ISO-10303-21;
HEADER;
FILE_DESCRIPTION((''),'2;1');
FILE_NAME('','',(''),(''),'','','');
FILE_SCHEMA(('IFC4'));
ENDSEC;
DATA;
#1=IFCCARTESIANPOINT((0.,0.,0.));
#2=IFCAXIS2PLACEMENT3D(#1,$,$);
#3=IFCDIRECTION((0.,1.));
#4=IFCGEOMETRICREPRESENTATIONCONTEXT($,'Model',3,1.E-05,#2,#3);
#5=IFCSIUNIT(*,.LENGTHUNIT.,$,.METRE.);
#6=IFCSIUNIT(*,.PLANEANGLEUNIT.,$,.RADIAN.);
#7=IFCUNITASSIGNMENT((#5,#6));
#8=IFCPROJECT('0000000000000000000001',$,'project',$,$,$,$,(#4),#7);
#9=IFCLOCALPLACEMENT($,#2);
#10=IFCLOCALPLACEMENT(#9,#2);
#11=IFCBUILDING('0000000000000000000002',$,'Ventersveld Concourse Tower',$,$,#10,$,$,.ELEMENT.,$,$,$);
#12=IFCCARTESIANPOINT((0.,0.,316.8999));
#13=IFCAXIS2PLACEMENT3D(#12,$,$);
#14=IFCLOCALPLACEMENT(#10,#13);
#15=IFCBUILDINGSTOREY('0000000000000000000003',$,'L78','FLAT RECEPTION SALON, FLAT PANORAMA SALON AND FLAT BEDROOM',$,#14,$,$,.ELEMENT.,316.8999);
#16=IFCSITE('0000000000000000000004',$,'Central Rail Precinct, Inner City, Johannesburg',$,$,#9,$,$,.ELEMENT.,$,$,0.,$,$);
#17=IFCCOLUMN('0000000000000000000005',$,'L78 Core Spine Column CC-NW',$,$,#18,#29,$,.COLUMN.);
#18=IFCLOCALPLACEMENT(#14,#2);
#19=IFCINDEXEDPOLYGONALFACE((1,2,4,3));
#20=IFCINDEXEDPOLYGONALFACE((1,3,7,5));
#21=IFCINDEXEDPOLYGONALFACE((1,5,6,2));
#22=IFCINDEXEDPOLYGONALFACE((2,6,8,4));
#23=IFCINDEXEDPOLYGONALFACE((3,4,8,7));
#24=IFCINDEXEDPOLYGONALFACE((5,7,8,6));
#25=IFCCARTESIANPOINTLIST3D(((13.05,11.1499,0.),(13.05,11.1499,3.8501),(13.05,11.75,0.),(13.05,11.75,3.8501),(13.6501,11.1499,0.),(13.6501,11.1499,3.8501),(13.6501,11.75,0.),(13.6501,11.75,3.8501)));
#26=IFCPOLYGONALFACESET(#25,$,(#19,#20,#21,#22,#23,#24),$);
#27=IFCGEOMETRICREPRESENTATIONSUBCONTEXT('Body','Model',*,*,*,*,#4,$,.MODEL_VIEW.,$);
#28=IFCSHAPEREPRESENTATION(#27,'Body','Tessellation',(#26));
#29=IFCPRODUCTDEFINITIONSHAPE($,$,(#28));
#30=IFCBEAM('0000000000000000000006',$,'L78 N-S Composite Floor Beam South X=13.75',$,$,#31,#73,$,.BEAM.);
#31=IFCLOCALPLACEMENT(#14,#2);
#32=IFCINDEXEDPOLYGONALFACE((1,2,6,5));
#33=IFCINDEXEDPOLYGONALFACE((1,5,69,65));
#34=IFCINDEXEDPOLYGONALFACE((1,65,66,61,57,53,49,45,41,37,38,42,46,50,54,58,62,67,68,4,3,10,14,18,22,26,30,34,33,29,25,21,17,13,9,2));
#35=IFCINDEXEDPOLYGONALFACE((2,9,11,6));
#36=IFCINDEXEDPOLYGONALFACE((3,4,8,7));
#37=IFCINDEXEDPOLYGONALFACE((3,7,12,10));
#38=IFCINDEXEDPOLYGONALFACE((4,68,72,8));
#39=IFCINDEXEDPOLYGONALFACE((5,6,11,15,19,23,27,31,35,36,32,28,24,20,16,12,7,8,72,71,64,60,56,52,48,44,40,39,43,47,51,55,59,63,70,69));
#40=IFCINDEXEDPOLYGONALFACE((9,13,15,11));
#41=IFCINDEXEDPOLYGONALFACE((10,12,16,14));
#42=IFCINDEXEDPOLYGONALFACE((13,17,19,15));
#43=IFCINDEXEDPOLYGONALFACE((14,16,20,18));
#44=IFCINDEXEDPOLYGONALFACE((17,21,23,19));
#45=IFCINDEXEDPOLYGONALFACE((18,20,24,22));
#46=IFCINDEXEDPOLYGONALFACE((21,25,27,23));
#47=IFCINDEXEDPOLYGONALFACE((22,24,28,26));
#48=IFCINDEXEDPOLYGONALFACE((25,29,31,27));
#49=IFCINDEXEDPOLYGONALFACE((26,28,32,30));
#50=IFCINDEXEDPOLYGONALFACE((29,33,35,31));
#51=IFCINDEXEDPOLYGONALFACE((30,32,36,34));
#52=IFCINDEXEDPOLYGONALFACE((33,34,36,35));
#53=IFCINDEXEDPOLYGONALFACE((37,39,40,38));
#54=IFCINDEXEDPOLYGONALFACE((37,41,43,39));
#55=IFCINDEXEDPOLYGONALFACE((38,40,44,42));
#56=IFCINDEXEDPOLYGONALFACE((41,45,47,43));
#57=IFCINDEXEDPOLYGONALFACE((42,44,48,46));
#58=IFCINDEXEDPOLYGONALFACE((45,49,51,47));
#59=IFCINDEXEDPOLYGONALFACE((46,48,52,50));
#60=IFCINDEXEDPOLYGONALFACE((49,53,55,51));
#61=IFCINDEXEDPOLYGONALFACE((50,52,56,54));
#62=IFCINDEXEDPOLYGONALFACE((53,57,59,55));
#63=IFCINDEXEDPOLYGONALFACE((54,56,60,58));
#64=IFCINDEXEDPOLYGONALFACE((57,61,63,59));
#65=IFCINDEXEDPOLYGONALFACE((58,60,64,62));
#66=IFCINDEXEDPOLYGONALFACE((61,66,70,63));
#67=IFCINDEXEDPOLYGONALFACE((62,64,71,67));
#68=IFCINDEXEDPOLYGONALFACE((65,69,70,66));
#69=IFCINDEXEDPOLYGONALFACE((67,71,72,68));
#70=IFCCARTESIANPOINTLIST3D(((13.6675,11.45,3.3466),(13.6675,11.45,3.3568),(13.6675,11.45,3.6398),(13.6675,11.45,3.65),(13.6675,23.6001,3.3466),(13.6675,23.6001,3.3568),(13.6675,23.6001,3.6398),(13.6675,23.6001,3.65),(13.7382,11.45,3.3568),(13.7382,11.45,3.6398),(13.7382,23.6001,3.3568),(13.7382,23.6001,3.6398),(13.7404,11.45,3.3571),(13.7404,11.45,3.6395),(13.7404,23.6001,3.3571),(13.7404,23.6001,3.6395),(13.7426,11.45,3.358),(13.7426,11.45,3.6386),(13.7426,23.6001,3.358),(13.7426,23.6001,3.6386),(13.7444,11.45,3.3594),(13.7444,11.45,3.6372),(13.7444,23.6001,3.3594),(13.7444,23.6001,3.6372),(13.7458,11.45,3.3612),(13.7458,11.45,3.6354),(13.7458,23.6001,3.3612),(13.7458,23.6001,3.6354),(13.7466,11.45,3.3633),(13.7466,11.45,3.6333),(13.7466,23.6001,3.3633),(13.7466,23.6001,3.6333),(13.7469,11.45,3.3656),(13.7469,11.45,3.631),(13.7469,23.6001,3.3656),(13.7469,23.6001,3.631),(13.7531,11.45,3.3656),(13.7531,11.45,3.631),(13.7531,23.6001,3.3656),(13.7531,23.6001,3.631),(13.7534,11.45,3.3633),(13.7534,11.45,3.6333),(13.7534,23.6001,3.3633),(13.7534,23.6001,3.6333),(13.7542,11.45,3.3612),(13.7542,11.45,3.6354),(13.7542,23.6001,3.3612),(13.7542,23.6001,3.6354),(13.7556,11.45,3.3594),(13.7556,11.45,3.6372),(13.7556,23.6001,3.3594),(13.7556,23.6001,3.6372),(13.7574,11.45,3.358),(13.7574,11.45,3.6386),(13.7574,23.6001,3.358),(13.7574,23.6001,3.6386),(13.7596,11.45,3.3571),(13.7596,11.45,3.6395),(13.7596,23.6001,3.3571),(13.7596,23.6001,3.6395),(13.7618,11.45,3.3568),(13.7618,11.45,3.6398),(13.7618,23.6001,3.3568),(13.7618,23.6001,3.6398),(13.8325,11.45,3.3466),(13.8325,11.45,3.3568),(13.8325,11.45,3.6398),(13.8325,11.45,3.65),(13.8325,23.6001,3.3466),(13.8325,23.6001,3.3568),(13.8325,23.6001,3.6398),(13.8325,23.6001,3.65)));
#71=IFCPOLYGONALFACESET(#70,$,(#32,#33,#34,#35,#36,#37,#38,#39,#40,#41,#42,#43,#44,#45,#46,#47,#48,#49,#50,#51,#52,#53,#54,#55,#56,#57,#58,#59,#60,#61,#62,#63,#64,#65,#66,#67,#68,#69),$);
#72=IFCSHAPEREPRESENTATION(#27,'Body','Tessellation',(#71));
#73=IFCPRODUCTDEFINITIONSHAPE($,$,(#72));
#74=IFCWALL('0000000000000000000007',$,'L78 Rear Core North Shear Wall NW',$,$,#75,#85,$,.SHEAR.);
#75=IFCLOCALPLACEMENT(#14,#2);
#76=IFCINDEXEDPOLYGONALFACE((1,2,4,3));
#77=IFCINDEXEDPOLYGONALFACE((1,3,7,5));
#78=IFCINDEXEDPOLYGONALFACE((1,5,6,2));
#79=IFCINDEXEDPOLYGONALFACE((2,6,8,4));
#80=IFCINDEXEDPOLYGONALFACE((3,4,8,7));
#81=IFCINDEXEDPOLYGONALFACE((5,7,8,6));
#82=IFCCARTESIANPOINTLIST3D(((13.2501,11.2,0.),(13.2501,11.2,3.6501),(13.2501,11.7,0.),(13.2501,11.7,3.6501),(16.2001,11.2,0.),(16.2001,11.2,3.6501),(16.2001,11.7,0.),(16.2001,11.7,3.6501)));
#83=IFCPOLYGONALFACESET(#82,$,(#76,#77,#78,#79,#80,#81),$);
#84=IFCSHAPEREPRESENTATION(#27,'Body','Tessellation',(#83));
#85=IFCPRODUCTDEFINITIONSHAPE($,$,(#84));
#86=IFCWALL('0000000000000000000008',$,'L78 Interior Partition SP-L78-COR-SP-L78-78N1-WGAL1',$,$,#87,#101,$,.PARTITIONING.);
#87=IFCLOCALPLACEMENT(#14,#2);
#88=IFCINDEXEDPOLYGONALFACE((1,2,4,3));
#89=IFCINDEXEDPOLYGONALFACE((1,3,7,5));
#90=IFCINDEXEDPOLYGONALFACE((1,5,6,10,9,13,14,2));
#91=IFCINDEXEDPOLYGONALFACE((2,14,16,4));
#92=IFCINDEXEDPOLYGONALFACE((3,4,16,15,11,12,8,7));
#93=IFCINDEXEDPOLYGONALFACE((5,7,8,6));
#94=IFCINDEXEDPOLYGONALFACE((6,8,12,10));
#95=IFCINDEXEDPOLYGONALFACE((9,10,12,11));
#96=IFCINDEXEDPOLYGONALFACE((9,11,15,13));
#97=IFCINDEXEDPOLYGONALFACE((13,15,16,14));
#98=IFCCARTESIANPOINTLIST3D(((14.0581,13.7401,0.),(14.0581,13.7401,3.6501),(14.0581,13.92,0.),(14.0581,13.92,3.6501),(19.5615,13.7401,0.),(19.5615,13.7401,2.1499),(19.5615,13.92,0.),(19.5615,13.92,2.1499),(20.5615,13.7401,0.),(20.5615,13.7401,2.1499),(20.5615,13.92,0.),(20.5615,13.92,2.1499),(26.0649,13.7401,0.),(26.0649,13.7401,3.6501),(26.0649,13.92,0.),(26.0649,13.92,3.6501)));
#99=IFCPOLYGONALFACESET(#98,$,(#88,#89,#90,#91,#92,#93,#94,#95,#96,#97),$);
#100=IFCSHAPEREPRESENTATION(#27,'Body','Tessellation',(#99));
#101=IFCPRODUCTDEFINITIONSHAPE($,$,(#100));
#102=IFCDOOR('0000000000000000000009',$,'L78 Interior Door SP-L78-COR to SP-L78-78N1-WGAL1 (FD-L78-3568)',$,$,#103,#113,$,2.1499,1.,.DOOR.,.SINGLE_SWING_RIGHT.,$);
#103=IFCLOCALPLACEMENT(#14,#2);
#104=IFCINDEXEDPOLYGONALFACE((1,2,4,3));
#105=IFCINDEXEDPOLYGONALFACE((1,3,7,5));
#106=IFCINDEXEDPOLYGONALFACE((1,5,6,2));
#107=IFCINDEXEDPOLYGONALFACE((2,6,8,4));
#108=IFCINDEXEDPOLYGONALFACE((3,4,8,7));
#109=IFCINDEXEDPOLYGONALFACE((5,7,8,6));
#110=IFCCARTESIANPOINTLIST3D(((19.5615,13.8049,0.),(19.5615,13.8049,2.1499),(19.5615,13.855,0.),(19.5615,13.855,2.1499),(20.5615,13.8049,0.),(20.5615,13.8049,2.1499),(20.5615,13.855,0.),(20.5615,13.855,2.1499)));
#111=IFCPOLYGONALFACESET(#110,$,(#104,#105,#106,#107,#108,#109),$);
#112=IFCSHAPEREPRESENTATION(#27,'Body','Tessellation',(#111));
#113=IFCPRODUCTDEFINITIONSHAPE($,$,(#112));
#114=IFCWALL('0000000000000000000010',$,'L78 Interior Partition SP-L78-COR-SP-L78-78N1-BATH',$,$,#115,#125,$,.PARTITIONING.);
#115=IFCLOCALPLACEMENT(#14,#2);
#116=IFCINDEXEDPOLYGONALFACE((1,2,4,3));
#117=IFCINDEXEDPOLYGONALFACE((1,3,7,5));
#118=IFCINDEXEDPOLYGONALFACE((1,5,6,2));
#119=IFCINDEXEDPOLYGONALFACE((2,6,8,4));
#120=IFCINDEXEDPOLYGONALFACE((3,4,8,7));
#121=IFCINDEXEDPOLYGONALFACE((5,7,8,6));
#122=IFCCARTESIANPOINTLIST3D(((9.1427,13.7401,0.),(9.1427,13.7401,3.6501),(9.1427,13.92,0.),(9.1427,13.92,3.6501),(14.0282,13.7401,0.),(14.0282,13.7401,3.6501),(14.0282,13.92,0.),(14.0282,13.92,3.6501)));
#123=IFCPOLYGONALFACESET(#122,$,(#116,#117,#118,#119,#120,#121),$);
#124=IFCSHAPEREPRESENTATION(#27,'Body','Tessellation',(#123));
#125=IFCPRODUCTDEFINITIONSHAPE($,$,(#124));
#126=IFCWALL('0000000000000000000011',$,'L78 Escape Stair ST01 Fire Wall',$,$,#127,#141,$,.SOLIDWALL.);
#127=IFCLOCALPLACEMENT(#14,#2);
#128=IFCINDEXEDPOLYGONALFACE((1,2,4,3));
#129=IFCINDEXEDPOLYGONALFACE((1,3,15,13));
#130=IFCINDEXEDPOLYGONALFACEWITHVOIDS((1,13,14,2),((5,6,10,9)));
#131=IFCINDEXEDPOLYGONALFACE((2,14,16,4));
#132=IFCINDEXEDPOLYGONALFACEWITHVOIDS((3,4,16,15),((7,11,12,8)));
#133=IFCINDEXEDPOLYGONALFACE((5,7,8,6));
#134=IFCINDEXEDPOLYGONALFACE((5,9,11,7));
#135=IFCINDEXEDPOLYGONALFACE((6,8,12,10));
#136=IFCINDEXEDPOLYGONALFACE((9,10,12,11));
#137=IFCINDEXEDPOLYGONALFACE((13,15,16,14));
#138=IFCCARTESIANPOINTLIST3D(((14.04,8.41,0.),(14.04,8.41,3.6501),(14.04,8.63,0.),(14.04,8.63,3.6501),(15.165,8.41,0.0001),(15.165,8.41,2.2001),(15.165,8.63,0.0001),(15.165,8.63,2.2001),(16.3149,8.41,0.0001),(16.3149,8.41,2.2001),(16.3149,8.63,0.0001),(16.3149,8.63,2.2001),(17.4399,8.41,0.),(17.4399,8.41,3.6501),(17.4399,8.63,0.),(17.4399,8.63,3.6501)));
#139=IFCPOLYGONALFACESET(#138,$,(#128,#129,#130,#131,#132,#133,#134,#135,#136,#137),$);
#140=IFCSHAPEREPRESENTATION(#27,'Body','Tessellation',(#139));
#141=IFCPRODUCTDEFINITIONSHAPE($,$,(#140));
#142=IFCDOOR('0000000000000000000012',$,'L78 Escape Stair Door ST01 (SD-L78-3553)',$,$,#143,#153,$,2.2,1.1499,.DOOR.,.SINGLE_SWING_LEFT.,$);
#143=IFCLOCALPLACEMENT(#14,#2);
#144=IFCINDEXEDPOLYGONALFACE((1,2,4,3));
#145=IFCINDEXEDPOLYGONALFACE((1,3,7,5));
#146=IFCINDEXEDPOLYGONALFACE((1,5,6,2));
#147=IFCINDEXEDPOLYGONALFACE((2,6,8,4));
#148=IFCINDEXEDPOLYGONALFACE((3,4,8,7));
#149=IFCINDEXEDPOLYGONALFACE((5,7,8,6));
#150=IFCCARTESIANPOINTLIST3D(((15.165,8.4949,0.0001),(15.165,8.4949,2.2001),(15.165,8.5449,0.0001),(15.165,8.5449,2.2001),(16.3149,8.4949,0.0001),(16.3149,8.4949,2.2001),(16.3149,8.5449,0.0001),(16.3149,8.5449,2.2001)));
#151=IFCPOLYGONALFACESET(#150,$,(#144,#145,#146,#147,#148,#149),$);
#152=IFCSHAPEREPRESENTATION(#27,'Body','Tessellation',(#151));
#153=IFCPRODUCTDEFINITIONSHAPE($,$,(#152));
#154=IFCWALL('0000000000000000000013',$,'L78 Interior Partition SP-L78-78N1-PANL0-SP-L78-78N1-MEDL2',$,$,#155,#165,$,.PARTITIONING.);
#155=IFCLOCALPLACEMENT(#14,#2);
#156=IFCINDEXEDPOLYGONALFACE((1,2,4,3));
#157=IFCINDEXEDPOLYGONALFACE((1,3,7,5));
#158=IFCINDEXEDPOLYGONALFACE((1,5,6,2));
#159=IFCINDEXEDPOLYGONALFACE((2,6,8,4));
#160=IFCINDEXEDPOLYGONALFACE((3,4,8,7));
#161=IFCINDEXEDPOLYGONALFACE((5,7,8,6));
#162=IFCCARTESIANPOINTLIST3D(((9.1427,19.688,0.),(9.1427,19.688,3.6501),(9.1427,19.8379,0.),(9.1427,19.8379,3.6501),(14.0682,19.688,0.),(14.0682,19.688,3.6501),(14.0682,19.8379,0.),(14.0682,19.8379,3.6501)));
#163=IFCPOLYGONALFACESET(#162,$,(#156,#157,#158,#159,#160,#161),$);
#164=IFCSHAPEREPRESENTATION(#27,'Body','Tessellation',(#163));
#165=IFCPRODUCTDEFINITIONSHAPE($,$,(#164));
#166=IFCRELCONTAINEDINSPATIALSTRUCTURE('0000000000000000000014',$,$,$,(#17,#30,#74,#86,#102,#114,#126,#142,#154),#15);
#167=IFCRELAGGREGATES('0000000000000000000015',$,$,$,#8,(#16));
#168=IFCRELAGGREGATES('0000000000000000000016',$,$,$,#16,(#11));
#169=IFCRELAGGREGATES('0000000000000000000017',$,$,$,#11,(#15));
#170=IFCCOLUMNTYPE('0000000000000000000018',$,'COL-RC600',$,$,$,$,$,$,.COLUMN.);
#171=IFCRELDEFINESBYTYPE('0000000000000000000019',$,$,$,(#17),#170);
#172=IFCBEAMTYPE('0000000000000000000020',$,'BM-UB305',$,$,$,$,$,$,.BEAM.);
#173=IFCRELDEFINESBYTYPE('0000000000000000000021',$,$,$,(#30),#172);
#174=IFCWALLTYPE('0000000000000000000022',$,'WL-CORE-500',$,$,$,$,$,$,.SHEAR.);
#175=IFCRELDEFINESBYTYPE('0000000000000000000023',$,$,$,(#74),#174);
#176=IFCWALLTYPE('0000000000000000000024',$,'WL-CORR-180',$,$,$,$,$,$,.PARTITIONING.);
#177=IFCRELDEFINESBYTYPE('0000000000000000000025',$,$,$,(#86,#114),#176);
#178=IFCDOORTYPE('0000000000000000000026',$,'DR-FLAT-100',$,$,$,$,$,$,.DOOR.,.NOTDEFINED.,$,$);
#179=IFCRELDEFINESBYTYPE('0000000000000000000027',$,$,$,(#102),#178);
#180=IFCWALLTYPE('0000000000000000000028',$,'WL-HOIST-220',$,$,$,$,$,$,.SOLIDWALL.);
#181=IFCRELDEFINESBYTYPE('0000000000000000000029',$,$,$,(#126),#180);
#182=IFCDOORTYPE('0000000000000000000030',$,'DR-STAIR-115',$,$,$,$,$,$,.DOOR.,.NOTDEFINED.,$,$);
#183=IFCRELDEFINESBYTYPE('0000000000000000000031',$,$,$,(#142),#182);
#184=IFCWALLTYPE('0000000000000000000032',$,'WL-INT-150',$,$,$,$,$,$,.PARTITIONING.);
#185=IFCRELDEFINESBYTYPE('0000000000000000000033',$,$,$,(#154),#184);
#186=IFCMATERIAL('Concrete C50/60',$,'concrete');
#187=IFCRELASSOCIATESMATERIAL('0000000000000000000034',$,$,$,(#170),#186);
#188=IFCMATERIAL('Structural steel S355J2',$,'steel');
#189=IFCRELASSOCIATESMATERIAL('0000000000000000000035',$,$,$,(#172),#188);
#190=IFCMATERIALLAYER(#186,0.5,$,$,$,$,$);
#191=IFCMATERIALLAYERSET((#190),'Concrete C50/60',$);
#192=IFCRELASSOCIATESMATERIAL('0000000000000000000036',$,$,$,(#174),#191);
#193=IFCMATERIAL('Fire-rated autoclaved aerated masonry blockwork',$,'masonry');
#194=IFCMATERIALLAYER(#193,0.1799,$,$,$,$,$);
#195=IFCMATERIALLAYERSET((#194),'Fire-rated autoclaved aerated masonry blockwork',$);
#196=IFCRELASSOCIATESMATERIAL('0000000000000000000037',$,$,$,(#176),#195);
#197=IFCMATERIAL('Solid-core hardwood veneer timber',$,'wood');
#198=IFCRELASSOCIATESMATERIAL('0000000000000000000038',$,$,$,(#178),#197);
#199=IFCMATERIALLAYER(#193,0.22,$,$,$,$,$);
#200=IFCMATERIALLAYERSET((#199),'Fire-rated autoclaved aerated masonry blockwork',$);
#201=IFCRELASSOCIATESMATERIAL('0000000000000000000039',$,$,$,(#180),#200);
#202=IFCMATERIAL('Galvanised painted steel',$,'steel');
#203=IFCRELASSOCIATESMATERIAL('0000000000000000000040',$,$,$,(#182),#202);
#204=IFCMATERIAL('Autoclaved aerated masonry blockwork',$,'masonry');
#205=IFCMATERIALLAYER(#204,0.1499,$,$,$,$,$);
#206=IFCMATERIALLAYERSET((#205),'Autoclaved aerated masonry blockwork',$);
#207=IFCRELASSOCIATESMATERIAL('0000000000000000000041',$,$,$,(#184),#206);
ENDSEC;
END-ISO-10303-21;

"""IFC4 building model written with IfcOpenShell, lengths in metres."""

from ifc_helpers import new_model, si_unit, direction, frame, frame_2d, origin, origin_2d, place, context, subcontext, project, spatial, rectangle, i_section, extrude, material, layer, layer_set, material_profile, profile_set, type_object, element, fill, save


model = new_model("IFC4")

# Units and contexts
model_context = context("Model", 3, precision=1e-05, world=origin(), true_north=direction((0.0, 1.0)))
body_context = subcontext(model_context, "Body", "Model", "MODEL_VIEW")
ifc_project = project(units=[si_unit("LENGTHUNIT", "METRE"), si_unit("PLANEANGLEUNIT", "RADIAN")], contexts=[model_context])

# Site, building, storey
site_placement = place(None, origin())
site = spatial("IfcSite", under=ifc_project, at=site_placement, Name="Central Rail Precinct, Inner City, Johannesburg", CompositionType="ELEMENT", RefElevation=0.0)
building_placement = place(site_placement, origin())
building = spatial("IfcBuilding", under=site, at=building_placement, Name="Ventersveld Concourse Tower", CompositionType="ELEMENT")
storey_placement = place(building_placement, frame((0.0, 0.0, 316.8999)))
storey = spatial("IfcBuildingStorey", under=building, at=storey_placement, Name="L78", Description="FLAT RECEPTION SALON, FLAT PANORAMA SALON AND FLAT BEDROOM", CompositionType="ELEMENT", Elevation=316.8999)

# Column
ifc_material_1 = material(Name="Concrete C50/60", Category="concrete")
ifc_material_profile_1 = material_profile(ifc_material_1, rectangle(XDim=0.6001, YDim=0.6001, at=origin_2d()), Name="RC 600x600")
ifc_profile_set_1 = profile_set([ifc_material_profile_1], Name="Concrete C50/60")
column_type = type_object("IfcColumnType", Name="COL-RC600", PredefinedType="COLUMN", material=ifc_profile_set_1)
column_placement = place(storey_placement, frame((13.3501, 11.45, 0.0), z_axis=(0.0, 0.0, 1.0), x_axis=(1.0, 0.0, 0.0)))
element("IfcColumn", 1, at=column_placement, inside=storey, type_object=column_type, Name="L78 Core Spine Column CC-NW", PredefinedType="COLUMN", context=body_context, shape_type="SweptSolid", body=[
    extrude(rectangle(XDim=0.6001, YDim=0.6001, at=origin_2d()), origin(), (0.0, 0.0, 1.0), 3.8501),
])

# Beam
ifc_material_2 = material(Name="Structural steel S355J2", Category="steel")
ifc_material_profile_2 = material_profile(ifc_material_2, i_section(OverallWidth=0.165, OverallDepth=0.3035, WebThickness=0.0061, FlangeThickness=0.0103, FilletRadius=0.0088, at=origin_2d()), Name="UB 305x165x40")
ifc_profile_set_2 = profile_set([ifc_material_profile_2], Name="Structural steel S355J2")
beam_type = type_object("IfcBeamType", Name="BM-UB305", PredefinedType="BEAM", material=ifc_profile_set_2)
beam_placement = place(storey_placement, frame((13.75, 11.45, 3.4983), z_axis=(0.0, 1.0, 0.0), x_axis=(-1.0, 0.0, 0.0)))
element("IfcBeam", 2, at=beam_placement, inside=storey, type_object=beam_type, Name="L78 N-S Composite Floor Beam South X=13.75", PredefinedType="BEAM", context=body_context, shape_type="SweptSolid", body=[
    extrude(i_section(OverallWidth=0.165, OverallDepth=0.3035, WebThickness=0.0061, FlangeThickness=0.0103, FilletRadius=0.0088, at=origin_2d()), origin(), (0.0, 0.0, 1.0), 12.1501),
])

# Wall
ifc_layer_1 = layer(ifc_material_1, 0.5)
ifc_layer_set_1 = layer_set([ifc_layer_1], Name="Concrete C50/60")
wall_type_1 = type_object("IfcWallType", Name="WL-CORE-500", PredefinedType="SHEAR", material=ifc_layer_set_1)
wall_1_placement = place(storey_placement, frame((13.25, 11.45, 0.0), z_axis=(0.0, 0.0, 1.0), x_axis=(1.0, 0.0, 0.0)))
element("IfcWall", 3, at=wall_1_placement, inside=storey, type_object=wall_type_1, Name="L78 Rear Core North Shear Wall NW", PredefinedType="SHEAR", context=body_context, shape_type="SweptSolid", body=[
    extrude(rectangle(XDim=2.95, YDim=0.5, at=frame_2d((1.4751, 0.0))), origin(), (0.0, 0.0, 1.0), 3.6501),
])

# Wall, opening, door
ifc_material_3 = material(Name="Fire-rated autoclaved aerated masonry blockwork", Category="masonry")
ifc_layer_2 = layer(ifc_material_3, 0.1799)
ifc_layer_set_2 = layer_set([ifc_layer_2], Name="Fire-rated autoclaved aerated masonry blockwork")
wall_type_2 = type_object("IfcWallType", Name="WL-CORR-180", PredefinedType="PARTITIONING", material=ifc_layer_set_2)
ifc_material_4 = material(Name="Solid-core hardwood veneer timber", Category="wood")
door_type_1 = type_object("IfcDoorType", Name="DR-FLAT-100", OperationType="NOTDEFINED", PredefinedType="DOOR", material=ifc_material_4)
wall_2_placement = place(storey_placement, frame((14.0581, 13.8301, 0.0), z_axis=(0.0, 0.0, 1.0), x_axis=(1.0, 0.0, 0.0)))
wall_2 = element("IfcWall", 4, at=wall_2_placement, inside=storey, type_object=wall_type_2, Name="L78 Interior Partition SP-L78-COR-SP-L78-78N1-WGAL1", PredefinedType="PARTITIONING", context=body_context, shape_type="SweptSolid", body=[
    extrude(rectangle(XDim=12.0068, YDim=0.1799, at=frame_2d((6.0034, 0.0))), origin(), (0.0, 0.0, 1.0), 3.6501),
])
opening_1_placement = place(wall_2_placement, frame((5.5034, 0.0, 0.0)))
opening_1 = element("IfcOpeningElement", 5, at=opening_1_placement, cuts=wall_2, PredefinedType="OPENING", context=body_context, shape_type="SweptSolid", body=[
    extrude(rectangle(XDim=1.0, YDim=2.1499, at=frame_2d((0.5, 1.075))), frame((0.0, 0.1001, 0.0), z_axis=(0.0, -1.0, 0.0), x_axis=(1.0, 0.0, 0.0)), (0.0, 0.0, 1.0), 0.2),
])
door_1_placement = place(opening_1_placement, origin())
door_1 = element("IfcDoor", 6, at=door_1_placement, inside=storey, type_object=door_type_1, Name="L78 Interior Door SP-L78-COR to SP-L78-78N1-WGAL1 (FD-L78-3568)", OperationType="SINGLE_SWING_RIGHT", OverallHeight=2.1499, OverallWidth=1.0, PredefinedType="DOOR", context=body_context, shape_type="SweptSolid", body=[
    extrude(rectangle(XDim=1.0, YDim=2.1499, at=frame_2d((0.5, 1.075))), frame((0.0, 0.0249, 0.0), z_axis=(0.0, -1.0, 0.0), x_axis=(1.0, 0.0, 0.0)), (0.0, 0.0, 1.0), 0.05),
])
fill(opening_1, door_1)

# Wall
wall_3_placement = place(storey_placement, frame((9.1426, 13.8301, 0.0), z_axis=(0.0, 0.0, 1.0), x_axis=(1.0, 0.0, 0.0)))
element("IfcWall", 7, at=wall_3_placement, inside=storey, type_object=wall_type_2, Name="L78 Interior Partition SP-L78-COR-SP-L78-78N1-BATH", PredefinedType="PARTITIONING", context=body_context, shape_type="SweptSolid", body=[
    extrude(rectangle(XDim=4.8855, YDim=0.1799, at=frame_2d((2.4429, 0.0))), origin(), (0.0, 0.0, 1.0), 3.6501),
])

# Wall, opening, door
ifc_layer_3 = layer(ifc_material_3, 0.22)
ifc_layer_set_3 = layer_set([ifc_layer_3], Name="Fire-rated autoclaved aerated masonry blockwork")
wall_type_3 = type_object("IfcWallType", Name="WL-HOIST-220", PredefinedType="SOLIDWALL", material=ifc_layer_set_3)
wall_4_placement = place(storey_placement, frame((14.04, 8.52, 0.0), z_axis=(0.0, 0.0, 1.0), x_axis=(1.0, 0.0, 0.0)))
wall_4 = element("IfcWall", 8, at=wall_4_placement, inside=storey, type_object=wall_type_3, Name="L78 Escape Stair ST01 Fire Wall", PredefinedType="SOLIDWALL", context=body_context, shape_type="SweptSolid", body=[
    extrude(rectangle(XDim=3.3999, YDim=0.22, at=frame_2d((1.7, 0.0))), origin(), (0.0, 0.0, 1.0), 3.6501),
])
opening_2_placement = place(wall_4_placement, frame((1.125, 0.0, 0.0)))
opening_2 = element("IfcOpeningElement", 9, at=opening_2_placement, cuts=wall_4, PredefinedType="OPENING", context=body_context, shape_type="SweptSolid", body=[
    extrude(rectangle(XDim=1.1499, YDim=2.2, at=frame_2d((0.575, 1.1001))), frame((0.0, 0.1201, 0.0), z_axis=(0.0, -1.0, 0.0), x_axis=(1.0, 0.0, 0.0)), (0.0, 0.0, 1.0), 0.24),
])
ifc_material_5 = material(Name="Galvanised painted steel", Category="steel")
door_type_2 = type_object("IfcDoorType", Name="DR-STAIR-115", OperationType="NOTDEFINED", PredefinedType="DOOR", material=ifc_material_5)
door_2_placement = place(opening_2_placement, origin())
door_2 = element("IfcDoor", 10, at=door_2_placement, inside=storey, type_object=door_type_2, Name="L78 Escape Stair Door ST01 (SD-L78-3553)", OperationType="SINGLE_SWING_LEFT", OverallHeight=2.2, OverallWidth=1.1499, PredefinedType="DOOR", context=body_context, shape_type="SweptSolid", body=[
    extrude(rectangle(XDim=1.1499, YDim=2.2, at=frame_2d((0.575, 1.1001))), frame((0.0, 0.0249, 0.0), z_axis=(0.0, -1.0, 0.0), x_axis=(1.0, 0.0, 0.0)), (0.0, 0.0, 1.0), 0.05),
])
fill(opening_2, door_2)

# Wall
ifc_material_6 = material(Name="Autoclaved aerated masonry blockwork", Category="masonry")
ifc_layer_4 = layer(ifc_material_6, 0.1499)
ifc_layer_set_4 = layer_set([ifc_layer_4], Name="Autoclaved aerated masonry blockwork")
wall_type_4 = type_object("IfcWallType", Name="WL-INT-150", PredefinedType="PARTITIONING", material=ifc_layer_set_4)
wall_5_placement = place(storey_placement, frame((9.1426, 19.7629, 0.0), z_axis=(0.0, 0.0, 1.0), x_axis=(1.0, 0.0, 0.0)))
element("IfcWall", 11, at=wall_5_placement, inside=storey, type_object=wall_type_4, Name="L78 Interior Partition SP-L78-78N1-PANL0-SP-L78-78N1-MEDL2", PredefinedType="PARTITIONING", context=body_context, shape_type="SweptSolid", body=[
    extrude(rectangle(XDim=4.9255, YDim=0.1499, at=frame_2d((2.4629, 0.0))), origin(), (0.0, 0.0, 1.0), 3.6501),
])

save(model, "model.ifc")
